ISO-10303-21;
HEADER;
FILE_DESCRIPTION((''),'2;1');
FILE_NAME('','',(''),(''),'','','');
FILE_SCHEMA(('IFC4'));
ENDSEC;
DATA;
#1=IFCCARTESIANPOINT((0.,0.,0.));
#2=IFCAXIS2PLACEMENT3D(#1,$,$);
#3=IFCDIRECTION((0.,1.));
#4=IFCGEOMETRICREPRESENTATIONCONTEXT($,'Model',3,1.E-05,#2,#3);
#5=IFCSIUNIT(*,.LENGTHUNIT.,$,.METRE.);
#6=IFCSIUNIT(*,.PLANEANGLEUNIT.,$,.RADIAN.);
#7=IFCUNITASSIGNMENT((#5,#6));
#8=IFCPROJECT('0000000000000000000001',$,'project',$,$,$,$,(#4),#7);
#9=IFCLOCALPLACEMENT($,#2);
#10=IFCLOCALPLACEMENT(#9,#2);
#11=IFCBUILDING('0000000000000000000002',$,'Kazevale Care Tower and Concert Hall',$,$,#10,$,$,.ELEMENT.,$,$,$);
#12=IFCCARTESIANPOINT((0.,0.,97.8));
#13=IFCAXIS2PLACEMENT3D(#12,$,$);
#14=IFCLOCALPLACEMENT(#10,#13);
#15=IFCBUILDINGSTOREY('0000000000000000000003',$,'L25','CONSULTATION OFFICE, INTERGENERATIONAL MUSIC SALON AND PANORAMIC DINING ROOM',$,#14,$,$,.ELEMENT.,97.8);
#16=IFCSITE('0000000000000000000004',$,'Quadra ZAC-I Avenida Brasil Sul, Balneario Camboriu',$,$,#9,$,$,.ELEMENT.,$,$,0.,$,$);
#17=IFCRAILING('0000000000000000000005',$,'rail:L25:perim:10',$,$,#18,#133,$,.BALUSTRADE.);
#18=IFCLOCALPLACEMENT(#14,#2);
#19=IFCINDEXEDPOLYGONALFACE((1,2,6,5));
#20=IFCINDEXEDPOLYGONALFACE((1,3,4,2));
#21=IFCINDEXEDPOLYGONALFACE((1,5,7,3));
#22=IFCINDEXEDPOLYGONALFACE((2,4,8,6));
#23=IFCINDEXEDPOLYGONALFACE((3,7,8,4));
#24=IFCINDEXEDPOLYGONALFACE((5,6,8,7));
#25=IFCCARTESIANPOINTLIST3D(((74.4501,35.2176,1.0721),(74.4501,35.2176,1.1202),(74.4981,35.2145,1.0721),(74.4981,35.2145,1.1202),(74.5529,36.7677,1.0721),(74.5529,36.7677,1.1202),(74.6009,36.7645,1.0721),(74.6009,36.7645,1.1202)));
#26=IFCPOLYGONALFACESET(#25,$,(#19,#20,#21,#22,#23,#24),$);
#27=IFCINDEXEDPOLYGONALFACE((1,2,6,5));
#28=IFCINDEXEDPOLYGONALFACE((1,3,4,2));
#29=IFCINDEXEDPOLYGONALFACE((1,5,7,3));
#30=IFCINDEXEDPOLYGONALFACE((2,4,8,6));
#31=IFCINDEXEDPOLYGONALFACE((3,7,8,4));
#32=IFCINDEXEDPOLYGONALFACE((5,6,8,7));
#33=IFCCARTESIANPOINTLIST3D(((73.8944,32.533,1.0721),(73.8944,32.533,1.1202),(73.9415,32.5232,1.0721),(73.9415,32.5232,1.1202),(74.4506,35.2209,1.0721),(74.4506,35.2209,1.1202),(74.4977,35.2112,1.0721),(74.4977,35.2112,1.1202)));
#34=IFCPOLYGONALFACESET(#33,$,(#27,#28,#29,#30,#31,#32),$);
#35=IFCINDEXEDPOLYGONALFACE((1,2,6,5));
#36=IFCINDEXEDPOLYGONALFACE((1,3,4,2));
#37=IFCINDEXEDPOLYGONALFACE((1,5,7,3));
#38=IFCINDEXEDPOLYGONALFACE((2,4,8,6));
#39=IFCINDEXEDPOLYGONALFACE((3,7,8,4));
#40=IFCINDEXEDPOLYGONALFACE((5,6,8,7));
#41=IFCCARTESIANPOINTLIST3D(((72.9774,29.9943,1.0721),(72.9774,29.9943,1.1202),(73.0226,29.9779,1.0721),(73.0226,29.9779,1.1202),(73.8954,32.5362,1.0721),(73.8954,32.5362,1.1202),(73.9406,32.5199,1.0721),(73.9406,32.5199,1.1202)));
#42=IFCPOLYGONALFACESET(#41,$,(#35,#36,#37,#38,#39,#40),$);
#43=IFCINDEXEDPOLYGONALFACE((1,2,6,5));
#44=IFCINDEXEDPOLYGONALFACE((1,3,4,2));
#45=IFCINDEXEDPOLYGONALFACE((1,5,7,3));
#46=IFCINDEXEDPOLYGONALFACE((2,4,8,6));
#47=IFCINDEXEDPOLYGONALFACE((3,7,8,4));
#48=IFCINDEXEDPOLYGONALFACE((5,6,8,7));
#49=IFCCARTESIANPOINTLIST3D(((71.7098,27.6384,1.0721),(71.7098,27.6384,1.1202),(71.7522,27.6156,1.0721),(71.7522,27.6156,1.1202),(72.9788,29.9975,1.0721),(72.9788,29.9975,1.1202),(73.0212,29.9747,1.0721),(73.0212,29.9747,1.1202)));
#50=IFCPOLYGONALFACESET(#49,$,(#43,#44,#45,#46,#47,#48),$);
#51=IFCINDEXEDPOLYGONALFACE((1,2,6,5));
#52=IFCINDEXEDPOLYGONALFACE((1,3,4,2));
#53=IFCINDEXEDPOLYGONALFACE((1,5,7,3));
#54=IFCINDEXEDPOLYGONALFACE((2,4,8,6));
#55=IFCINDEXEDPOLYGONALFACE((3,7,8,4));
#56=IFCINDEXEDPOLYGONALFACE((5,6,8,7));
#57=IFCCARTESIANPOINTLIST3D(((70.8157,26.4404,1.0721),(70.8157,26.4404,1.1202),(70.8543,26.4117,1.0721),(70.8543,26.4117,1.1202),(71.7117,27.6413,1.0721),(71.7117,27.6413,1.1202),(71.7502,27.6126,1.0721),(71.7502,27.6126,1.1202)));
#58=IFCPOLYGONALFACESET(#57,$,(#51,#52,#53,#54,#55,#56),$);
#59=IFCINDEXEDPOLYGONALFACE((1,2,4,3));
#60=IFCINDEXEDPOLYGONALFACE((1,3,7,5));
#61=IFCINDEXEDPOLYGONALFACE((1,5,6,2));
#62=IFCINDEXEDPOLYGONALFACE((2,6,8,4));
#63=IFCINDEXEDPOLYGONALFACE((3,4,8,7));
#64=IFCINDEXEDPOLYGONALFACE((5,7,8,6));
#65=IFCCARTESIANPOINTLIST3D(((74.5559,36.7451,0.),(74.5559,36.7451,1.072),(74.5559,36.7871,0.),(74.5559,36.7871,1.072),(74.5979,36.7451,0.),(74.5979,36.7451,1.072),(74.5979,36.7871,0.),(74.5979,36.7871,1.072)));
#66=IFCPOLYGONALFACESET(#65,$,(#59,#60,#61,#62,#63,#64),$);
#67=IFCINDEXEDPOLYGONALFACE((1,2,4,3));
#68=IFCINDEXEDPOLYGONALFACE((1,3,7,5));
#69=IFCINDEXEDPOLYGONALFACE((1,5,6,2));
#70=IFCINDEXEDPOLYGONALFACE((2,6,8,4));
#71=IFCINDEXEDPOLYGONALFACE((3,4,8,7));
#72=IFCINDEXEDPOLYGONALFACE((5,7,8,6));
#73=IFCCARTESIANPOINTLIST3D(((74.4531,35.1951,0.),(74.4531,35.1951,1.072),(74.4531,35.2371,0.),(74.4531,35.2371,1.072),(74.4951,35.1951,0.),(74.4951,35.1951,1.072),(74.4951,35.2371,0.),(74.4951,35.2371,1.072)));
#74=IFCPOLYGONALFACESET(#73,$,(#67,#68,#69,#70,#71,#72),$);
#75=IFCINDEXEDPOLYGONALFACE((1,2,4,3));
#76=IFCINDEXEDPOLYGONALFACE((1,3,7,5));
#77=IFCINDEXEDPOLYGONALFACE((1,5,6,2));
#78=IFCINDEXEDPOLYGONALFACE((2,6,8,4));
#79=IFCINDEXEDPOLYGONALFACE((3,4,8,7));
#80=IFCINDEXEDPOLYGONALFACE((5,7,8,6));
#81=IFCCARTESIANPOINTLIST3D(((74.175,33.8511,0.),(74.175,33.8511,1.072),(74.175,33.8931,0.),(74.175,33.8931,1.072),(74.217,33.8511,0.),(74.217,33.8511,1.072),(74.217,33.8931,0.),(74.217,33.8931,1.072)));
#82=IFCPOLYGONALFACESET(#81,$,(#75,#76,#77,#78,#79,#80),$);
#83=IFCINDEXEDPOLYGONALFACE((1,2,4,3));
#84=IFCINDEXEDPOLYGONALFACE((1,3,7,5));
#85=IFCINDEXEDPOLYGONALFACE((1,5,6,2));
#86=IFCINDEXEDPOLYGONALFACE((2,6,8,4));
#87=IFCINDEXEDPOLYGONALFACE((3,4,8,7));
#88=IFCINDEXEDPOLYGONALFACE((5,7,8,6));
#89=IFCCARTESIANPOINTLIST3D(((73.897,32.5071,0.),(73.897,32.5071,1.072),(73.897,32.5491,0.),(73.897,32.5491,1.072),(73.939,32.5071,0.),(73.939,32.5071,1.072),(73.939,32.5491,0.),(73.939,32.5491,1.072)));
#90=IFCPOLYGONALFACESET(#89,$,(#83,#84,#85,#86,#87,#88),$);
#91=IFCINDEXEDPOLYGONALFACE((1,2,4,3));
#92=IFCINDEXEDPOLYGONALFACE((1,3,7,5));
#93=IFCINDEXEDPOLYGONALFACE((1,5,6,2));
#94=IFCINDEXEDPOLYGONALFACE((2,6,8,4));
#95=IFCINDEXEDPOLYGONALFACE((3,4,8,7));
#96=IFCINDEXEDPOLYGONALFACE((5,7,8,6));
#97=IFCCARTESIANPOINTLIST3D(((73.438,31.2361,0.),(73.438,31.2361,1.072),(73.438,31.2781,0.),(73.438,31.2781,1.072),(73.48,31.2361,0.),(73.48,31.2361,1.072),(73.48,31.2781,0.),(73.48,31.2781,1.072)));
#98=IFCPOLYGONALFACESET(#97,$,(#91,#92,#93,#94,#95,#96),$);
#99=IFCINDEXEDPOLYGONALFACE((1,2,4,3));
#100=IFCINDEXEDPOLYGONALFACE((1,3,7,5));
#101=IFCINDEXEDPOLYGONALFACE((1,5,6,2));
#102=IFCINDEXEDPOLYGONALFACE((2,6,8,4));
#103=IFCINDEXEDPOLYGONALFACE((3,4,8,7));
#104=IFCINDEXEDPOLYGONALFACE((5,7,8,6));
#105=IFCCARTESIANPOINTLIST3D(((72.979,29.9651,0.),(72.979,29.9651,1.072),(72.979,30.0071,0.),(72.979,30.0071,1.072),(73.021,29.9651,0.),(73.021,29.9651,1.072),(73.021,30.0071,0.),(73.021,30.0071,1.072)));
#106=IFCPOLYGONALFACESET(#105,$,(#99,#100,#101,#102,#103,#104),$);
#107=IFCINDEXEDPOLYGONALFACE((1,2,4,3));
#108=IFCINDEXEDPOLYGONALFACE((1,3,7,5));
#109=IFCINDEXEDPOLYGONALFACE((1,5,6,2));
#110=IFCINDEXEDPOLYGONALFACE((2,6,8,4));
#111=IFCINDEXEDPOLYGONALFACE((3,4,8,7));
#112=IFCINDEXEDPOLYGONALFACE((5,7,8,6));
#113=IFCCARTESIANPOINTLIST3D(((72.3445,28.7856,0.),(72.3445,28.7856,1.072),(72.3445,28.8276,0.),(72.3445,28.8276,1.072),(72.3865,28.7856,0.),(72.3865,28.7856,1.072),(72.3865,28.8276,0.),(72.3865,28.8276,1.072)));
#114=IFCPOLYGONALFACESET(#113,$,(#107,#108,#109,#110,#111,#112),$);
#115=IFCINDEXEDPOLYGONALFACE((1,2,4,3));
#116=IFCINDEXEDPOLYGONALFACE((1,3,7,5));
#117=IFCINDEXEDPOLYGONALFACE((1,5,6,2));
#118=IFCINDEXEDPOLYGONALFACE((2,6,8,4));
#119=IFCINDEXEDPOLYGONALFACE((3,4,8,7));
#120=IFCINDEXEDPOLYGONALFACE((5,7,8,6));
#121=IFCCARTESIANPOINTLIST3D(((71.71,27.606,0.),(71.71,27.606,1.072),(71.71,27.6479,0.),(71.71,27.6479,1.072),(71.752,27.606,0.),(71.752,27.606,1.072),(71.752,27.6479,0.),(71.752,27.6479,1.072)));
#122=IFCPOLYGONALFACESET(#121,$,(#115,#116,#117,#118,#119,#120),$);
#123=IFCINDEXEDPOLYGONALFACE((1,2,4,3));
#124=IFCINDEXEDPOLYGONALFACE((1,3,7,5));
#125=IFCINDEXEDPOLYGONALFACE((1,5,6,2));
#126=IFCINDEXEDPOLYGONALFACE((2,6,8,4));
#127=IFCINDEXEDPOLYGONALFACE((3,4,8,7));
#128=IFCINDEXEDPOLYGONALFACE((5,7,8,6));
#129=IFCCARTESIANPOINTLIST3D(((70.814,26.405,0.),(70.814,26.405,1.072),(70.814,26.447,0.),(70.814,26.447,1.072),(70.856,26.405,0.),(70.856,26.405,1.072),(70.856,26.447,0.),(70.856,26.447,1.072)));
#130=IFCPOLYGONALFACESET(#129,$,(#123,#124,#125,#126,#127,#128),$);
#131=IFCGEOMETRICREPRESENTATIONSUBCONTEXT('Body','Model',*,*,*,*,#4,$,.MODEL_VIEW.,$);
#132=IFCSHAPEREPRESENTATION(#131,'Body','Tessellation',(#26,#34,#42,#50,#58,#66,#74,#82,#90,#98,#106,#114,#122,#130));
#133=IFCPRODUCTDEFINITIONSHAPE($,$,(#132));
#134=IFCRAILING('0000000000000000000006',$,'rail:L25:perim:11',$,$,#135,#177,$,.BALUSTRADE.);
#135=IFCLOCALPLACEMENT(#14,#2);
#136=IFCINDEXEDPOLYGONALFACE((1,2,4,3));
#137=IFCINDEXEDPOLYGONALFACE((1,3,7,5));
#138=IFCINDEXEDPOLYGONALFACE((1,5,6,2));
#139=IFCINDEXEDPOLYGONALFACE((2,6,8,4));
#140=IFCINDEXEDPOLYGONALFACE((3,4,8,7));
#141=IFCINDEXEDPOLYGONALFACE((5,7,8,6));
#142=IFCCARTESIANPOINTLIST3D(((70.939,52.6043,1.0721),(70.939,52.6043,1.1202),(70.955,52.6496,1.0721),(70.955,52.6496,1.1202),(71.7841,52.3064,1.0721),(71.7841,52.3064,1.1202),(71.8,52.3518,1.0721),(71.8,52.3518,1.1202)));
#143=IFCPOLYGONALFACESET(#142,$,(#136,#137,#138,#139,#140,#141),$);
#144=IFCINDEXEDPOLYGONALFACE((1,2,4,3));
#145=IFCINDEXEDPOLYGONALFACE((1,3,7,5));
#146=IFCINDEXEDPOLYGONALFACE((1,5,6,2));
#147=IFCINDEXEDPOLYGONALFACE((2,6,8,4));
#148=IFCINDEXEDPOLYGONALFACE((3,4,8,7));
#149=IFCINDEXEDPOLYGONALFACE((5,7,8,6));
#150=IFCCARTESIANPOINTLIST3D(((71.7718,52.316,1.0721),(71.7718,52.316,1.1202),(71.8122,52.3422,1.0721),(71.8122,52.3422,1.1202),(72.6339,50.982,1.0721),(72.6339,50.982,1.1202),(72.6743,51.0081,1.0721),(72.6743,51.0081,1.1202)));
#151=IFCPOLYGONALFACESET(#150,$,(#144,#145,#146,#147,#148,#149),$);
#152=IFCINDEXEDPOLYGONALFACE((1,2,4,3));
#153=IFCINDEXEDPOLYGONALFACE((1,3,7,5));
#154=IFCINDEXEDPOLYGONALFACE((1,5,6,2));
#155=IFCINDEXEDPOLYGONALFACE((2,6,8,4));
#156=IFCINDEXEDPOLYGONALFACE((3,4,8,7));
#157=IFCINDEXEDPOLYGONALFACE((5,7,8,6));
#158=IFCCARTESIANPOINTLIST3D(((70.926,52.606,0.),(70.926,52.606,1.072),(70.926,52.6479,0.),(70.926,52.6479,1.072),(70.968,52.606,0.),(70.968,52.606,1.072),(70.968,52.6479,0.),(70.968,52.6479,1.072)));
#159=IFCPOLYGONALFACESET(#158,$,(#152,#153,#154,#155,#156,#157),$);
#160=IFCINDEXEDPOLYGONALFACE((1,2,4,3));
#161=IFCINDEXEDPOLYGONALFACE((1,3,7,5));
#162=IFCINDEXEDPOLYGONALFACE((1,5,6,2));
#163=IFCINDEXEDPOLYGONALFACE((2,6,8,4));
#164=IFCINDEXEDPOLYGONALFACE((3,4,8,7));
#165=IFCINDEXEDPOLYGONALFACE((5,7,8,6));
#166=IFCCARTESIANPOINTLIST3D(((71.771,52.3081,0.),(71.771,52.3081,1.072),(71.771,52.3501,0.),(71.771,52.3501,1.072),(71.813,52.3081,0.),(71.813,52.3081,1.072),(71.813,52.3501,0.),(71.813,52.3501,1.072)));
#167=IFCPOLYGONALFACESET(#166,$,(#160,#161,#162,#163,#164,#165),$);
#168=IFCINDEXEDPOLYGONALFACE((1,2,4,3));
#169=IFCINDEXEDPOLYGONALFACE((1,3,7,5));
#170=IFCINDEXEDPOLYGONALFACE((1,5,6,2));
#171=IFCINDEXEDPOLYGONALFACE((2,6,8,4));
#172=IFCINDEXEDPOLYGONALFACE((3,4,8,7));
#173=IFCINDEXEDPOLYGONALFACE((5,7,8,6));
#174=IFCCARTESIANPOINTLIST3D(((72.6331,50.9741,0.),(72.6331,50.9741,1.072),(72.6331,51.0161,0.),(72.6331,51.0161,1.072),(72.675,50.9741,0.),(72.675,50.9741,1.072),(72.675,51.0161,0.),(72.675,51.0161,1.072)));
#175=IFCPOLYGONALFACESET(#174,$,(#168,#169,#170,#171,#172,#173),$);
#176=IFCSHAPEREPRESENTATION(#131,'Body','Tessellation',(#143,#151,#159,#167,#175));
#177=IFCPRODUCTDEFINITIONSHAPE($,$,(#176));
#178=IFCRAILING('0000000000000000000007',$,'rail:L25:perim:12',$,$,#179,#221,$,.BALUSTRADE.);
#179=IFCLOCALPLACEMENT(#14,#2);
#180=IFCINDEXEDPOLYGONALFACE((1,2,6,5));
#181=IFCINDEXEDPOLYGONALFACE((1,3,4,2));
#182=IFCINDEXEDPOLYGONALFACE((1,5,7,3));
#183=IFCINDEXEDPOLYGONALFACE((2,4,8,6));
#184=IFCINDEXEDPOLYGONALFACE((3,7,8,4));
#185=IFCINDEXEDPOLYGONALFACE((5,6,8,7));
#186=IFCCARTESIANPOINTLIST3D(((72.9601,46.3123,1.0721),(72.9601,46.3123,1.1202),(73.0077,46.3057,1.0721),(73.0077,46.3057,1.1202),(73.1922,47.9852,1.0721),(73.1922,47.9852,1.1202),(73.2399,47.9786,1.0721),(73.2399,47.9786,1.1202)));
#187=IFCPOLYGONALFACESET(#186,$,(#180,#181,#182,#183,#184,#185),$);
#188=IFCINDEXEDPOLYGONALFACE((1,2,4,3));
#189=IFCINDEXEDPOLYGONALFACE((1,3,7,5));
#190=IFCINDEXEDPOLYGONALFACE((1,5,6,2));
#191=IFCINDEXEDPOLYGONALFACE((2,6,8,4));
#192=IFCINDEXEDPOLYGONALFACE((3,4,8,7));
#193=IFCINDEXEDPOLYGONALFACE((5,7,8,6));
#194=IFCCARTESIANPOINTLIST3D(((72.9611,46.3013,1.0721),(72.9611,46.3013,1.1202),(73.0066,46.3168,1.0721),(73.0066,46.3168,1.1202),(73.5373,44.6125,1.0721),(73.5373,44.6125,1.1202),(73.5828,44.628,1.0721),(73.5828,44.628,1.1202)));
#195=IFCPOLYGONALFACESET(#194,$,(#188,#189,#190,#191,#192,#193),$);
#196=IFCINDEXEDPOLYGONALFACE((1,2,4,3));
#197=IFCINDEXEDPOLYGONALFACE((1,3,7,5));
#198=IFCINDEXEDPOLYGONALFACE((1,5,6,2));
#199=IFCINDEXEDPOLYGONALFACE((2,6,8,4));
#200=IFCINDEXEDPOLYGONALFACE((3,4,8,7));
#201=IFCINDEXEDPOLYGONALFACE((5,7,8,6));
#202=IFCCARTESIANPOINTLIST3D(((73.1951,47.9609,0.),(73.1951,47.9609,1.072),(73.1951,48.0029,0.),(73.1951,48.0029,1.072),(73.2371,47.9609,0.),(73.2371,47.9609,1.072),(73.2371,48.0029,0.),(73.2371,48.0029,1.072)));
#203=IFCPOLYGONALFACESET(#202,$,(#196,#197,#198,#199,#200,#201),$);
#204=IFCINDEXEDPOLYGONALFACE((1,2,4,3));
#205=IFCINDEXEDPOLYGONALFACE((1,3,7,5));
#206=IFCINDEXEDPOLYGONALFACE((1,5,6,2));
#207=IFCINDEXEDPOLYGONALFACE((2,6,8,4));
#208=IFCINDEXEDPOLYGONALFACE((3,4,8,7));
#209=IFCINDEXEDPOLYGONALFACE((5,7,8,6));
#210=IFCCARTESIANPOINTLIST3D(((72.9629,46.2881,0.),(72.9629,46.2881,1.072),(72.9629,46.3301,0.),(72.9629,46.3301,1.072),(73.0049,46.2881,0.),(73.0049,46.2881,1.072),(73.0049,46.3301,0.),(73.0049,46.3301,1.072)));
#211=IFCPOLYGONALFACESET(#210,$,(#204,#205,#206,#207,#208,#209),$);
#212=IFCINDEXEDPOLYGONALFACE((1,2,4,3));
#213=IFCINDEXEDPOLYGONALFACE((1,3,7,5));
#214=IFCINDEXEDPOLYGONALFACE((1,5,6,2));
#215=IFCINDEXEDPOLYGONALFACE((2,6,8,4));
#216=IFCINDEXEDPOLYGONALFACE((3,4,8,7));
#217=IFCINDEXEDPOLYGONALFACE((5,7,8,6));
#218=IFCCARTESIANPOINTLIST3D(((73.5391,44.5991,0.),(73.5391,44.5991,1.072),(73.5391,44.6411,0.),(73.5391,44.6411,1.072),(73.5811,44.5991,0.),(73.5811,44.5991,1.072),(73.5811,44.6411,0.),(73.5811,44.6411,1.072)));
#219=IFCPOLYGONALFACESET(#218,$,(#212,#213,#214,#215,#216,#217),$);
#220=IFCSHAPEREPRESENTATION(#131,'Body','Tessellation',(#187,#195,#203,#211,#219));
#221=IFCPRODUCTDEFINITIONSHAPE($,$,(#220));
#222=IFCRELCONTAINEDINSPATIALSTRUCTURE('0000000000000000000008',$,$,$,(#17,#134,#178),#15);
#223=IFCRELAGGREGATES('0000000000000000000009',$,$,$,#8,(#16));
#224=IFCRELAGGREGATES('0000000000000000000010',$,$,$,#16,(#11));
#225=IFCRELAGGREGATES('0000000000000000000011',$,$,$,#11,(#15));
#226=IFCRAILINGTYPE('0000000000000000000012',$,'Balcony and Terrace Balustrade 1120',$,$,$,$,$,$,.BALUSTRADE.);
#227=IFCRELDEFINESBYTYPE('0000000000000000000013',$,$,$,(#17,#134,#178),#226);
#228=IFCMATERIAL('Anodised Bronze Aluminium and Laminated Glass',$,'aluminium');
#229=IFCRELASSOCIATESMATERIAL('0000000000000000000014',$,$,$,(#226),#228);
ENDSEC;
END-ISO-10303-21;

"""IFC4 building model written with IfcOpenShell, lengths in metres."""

from ifc_helpers import new_model, si_unit, direction, frame, origin, origin_2d, place, context, subcontext, project, spatial, rectangle, extrude, material, type_object, element, save


model = new_model("IFC4")

# Units and contexts
model_context = context("Model", 3, precision=1e-05, world=origin(), true_north=direction((0.0, 1.0)))
body_context = subcontext(model_context, "Body", "Model", "MODEL_VIEW")
ifc_project = project(units=[si_unit("LENGTHUNIT", "METRE"), si_unit("PLANEANGLEUNIT", "RADIAN")], contexts=[model_context])

# Site, building, storey
site_placement = place(None, origin())
site = spatial("IfcSite", under=ifc_project, at=site_placement, Name="Quadra ZAC-I Avenida Brasil Sul, Balneario Camboriu", CompositionType="ELEMENT", RefElevation=0.0)
building_placement = place(site_placement, origin())
building = spatial("IfcBuilding", under=site, at=building_placement, Name="Kazevale Care Tower and Concert Hall", CompositionType="ELEMENT")
storey_placement = place(building_placement, frame((0.0, 0.0, 97.8)))
storey = spatial("IfcBuildingStorey", under=building, at=storey_placement, Name="L25", Description="CONSULTATION OFFICE, INTERGENERATIONAL MUSIC SALON AND PANORAMIC DINING ROOM", CompositionType="ELEMENT", Elevation=97.8)

# Railings
ifc_material_1 = material(Name="Anodised Bronze Aluminium and Laminated Glass", Category="aluminium")
railing_type = type_object("IfcRailingType", Name="Balcony and Terrace Balustrade 1120", PredefinedType="BALUSTRADE", material=ifc_material_1)
railing_1_placement = place(storey_placement, frame((74.5769, 36.7661, 0.0)))
element("IfcRailing", 1, at=railing_1_placement, inside=storey, type_object=railing_type, Name="rail:L25:perim:10", PredefinedType="BALUSTRADE", context=body_context, shape_type="SweptSolid", body=[
    extrude(rectangle(XDim=0.0481, YDim=0.0481, at=origin_2d()), frame((0.0, 0.0, 1.0962), z_axis=(-0.066164, -0.997809, 0.0), x_axis=(0.997809, -0.066164, 0.0)), (0.0, 0.0, 1.0), 1.5535),
    extrude(rectangle(XDim=0.0481, YDim=0.0481, at=origin_2d()), frame((-0.1028, -1.55, 1.0962), z_axis=(-0.202611, -0.979259, 0.0), x_axis=(0.979259, -0.202611, 0.0)), (0.0, 0.0, 1.0), 2.7449),
    extrude(rectangle(XDim=0.0481, YDim=0.0481, at=origin_2d()), frame((-0.6589, -4.238, 1.0962), z_axis=(-0.339653, -0.940551, 0.0), x_axis=(0.940551, -0.339653, 0.0)), (0.0, 0.0, 1.0), 2.7026),
    extrude(rectangle(XDim=0.0481, YDim=0.0481, at=origin_2d()), frame((-1.5769, -6.78, 1.0962), z_axis=(-0.473736, -0.880667, 0.0), x_axis=(0.880667, -0.473736, 0.0)), (0.0, 0.0, 1.0), 2.6787),
    extrude(rectangle(XDim=0.0481, YDim=0.0481, at=origin_2d()), frame((-2.8459, -9.1392, 1.0962), z_axis=(-0.597991, -0.801503, 0.0), x_axis=(0.801503, -0.597991, 0.0)), (0.0, 0.0, 1.0), 1.4983),
    extrude(rectangle(XDim=0.042, YDim=0.042, at=origin_2d()), origin(), (0.0, 0.0, 1.0), 1.072),
    extrude(rectangle(XDim=0.042, YDim=0.042, at=origin_2d()), frame((-0.1028, -1.55, 0.0)), (0.0, 0.0, 1.0), 1.072),
    extrude(rectangle(XDim=0.042, YDim=0.042, at=origin_2d()), frame((-0.3809, -2.894, 0.0)), (0.0, 0.0, 1.0), 1.072),
    extrude(rectangle(XDim=0.042, YDim=0.042, at=origin_2d()), frame((-0.6589, -4.238, 0.0)), (0.0, 0.0, 1.0), 1.072),
    extrude(rectangle(XDim=0.042, YDim=0.042, at=origin_2d()), frame((-1.1179, -5.509, 0.0)), (0.0, 0.0, 1.0), 1.072),
    extrude(rectangle(XDim=0.042, YDim=0.042, at=origin_2d()), frame((-1.5769, -6.78, 0.0)), (0.0, 0.0, 1.0), 1.072),
    extrude(rectangle(XDim=0.042, YDim=0.042, at=origin_2d()), frame((-2.2114, -7.9595, 0.0)), (0.0, 0.0, 1.0), 1.072),
    extrude(rectangle(XDim=0.042, YDim=0.042, at=origin_2d()), frame((-2.8459, -9.1392, 0.0)), (0.0, 0.0, 1.0), 1.072),
    extrude(rectangle(XDim=0.042, YDim=0.042, at=origin_2d()), frame((-3.7419, -10.3401, 0.0)), (0.0, 0.0, 1.0), 1.072),
])
railing_2_placement = place(storey_placement, frame((70.947, 52.627, 0.0)))
element("IfcRailing", 2, at=railing_2_placement, inside=storey, type_object=railing_type, Name="rail:L25:perim:11", PredefinedType="BALUSTRADE", context=body_context, shape_type="SweptSolid", body=[
    extrude(rectangle(XDim=0.0481, YDim=0.0481, at=origin_2d()), frame((0.0, 0.0, 1.0962), z_axis=(0.943121, -0.332449, 0.0), x_axis=(0.332449, 0.943121, 0.0)), (0.0, 0.0, 1.0), 0.896),
    extrude(rectangle(XDim=0.0481, YDim=0.0481, at=origin_2d()), frame((0.845, -0.2979, 1.0962), z_axis=(0.54276, -0.839888, 0.0), x_axis=(0.839888, 0.54276, 0.0)), (0.0, 0.0, 1.0), 1.5884),
    extrude(rectangle(XDim=0.042, YDim=0.042, at=origin_2d()), origin(), (0.0, 0.0, 1.0), 1.072),
    extrude(rectangle(XDim=0.042, YDim=0.042, at=origin_2d()), frame((0.845, -0.2979, 0.0)), (0.0, 0.0, 1.0), 1.072),
    extrude(rectangle(XDim=0.042, YDim=0.042, at=origin_2d()), frame((1.707, -1.6318, 0.0)), (0.0, 0.0, 1.0), 1.072),
])
railing_3_placement = place(storey_placement, frame((73.2161, 47.9819, 0.0)))
element("IfcRailing", 3, at=railing_3_placement, inside=storey, type_object=railing_type, Name="rail:L25:perim:12", PredefinedType="BALUSTRADE", context=body_context, shape_type="SweptSolid", body=[
    extrude(rectangle(XDim=0.0481, YDim=0.0481, at=origin_2d()), frame((0.0, 0.0, 1.0962), z_axis=(-0.137474, -0.990505, 0.0), x_axis=(0.990505, -0.137474, 0.0)), (0.0, 0.0, 1.0), 1.689),
    extrude(rectangle(XDim=0.0481, YDim=0.0481, at=origin_2d()), frame((-0.2322, -1.6729, 1.0962), z_axis=(0.322869, -0.946444, 0.0), x_axis=(0.946444, 0.322869, 0.0)), (0.0, 0.0, 1.0), 1.7844),
    extrude(rectangle(XDim=0.042, YDim=0.042, at=origin_2d()), origin(), (0.0, 0.0, 1.0), 1.072),
    extrude(rectangle(XDim=0.042, YDim=0.042, at=origin_2d()), frame((-0.2322, -1.6729, 0.0)), (0.0, 0.0, 1.0), 1.072),
    extrude(rectangle(XDim=0.042, YDim=0.042, at=origin_2d()), frame((0.344, -3.3618, 0.0)), (0.0, 0.0, 1.0), 1.072),
])

save(model, "model.ifc")
